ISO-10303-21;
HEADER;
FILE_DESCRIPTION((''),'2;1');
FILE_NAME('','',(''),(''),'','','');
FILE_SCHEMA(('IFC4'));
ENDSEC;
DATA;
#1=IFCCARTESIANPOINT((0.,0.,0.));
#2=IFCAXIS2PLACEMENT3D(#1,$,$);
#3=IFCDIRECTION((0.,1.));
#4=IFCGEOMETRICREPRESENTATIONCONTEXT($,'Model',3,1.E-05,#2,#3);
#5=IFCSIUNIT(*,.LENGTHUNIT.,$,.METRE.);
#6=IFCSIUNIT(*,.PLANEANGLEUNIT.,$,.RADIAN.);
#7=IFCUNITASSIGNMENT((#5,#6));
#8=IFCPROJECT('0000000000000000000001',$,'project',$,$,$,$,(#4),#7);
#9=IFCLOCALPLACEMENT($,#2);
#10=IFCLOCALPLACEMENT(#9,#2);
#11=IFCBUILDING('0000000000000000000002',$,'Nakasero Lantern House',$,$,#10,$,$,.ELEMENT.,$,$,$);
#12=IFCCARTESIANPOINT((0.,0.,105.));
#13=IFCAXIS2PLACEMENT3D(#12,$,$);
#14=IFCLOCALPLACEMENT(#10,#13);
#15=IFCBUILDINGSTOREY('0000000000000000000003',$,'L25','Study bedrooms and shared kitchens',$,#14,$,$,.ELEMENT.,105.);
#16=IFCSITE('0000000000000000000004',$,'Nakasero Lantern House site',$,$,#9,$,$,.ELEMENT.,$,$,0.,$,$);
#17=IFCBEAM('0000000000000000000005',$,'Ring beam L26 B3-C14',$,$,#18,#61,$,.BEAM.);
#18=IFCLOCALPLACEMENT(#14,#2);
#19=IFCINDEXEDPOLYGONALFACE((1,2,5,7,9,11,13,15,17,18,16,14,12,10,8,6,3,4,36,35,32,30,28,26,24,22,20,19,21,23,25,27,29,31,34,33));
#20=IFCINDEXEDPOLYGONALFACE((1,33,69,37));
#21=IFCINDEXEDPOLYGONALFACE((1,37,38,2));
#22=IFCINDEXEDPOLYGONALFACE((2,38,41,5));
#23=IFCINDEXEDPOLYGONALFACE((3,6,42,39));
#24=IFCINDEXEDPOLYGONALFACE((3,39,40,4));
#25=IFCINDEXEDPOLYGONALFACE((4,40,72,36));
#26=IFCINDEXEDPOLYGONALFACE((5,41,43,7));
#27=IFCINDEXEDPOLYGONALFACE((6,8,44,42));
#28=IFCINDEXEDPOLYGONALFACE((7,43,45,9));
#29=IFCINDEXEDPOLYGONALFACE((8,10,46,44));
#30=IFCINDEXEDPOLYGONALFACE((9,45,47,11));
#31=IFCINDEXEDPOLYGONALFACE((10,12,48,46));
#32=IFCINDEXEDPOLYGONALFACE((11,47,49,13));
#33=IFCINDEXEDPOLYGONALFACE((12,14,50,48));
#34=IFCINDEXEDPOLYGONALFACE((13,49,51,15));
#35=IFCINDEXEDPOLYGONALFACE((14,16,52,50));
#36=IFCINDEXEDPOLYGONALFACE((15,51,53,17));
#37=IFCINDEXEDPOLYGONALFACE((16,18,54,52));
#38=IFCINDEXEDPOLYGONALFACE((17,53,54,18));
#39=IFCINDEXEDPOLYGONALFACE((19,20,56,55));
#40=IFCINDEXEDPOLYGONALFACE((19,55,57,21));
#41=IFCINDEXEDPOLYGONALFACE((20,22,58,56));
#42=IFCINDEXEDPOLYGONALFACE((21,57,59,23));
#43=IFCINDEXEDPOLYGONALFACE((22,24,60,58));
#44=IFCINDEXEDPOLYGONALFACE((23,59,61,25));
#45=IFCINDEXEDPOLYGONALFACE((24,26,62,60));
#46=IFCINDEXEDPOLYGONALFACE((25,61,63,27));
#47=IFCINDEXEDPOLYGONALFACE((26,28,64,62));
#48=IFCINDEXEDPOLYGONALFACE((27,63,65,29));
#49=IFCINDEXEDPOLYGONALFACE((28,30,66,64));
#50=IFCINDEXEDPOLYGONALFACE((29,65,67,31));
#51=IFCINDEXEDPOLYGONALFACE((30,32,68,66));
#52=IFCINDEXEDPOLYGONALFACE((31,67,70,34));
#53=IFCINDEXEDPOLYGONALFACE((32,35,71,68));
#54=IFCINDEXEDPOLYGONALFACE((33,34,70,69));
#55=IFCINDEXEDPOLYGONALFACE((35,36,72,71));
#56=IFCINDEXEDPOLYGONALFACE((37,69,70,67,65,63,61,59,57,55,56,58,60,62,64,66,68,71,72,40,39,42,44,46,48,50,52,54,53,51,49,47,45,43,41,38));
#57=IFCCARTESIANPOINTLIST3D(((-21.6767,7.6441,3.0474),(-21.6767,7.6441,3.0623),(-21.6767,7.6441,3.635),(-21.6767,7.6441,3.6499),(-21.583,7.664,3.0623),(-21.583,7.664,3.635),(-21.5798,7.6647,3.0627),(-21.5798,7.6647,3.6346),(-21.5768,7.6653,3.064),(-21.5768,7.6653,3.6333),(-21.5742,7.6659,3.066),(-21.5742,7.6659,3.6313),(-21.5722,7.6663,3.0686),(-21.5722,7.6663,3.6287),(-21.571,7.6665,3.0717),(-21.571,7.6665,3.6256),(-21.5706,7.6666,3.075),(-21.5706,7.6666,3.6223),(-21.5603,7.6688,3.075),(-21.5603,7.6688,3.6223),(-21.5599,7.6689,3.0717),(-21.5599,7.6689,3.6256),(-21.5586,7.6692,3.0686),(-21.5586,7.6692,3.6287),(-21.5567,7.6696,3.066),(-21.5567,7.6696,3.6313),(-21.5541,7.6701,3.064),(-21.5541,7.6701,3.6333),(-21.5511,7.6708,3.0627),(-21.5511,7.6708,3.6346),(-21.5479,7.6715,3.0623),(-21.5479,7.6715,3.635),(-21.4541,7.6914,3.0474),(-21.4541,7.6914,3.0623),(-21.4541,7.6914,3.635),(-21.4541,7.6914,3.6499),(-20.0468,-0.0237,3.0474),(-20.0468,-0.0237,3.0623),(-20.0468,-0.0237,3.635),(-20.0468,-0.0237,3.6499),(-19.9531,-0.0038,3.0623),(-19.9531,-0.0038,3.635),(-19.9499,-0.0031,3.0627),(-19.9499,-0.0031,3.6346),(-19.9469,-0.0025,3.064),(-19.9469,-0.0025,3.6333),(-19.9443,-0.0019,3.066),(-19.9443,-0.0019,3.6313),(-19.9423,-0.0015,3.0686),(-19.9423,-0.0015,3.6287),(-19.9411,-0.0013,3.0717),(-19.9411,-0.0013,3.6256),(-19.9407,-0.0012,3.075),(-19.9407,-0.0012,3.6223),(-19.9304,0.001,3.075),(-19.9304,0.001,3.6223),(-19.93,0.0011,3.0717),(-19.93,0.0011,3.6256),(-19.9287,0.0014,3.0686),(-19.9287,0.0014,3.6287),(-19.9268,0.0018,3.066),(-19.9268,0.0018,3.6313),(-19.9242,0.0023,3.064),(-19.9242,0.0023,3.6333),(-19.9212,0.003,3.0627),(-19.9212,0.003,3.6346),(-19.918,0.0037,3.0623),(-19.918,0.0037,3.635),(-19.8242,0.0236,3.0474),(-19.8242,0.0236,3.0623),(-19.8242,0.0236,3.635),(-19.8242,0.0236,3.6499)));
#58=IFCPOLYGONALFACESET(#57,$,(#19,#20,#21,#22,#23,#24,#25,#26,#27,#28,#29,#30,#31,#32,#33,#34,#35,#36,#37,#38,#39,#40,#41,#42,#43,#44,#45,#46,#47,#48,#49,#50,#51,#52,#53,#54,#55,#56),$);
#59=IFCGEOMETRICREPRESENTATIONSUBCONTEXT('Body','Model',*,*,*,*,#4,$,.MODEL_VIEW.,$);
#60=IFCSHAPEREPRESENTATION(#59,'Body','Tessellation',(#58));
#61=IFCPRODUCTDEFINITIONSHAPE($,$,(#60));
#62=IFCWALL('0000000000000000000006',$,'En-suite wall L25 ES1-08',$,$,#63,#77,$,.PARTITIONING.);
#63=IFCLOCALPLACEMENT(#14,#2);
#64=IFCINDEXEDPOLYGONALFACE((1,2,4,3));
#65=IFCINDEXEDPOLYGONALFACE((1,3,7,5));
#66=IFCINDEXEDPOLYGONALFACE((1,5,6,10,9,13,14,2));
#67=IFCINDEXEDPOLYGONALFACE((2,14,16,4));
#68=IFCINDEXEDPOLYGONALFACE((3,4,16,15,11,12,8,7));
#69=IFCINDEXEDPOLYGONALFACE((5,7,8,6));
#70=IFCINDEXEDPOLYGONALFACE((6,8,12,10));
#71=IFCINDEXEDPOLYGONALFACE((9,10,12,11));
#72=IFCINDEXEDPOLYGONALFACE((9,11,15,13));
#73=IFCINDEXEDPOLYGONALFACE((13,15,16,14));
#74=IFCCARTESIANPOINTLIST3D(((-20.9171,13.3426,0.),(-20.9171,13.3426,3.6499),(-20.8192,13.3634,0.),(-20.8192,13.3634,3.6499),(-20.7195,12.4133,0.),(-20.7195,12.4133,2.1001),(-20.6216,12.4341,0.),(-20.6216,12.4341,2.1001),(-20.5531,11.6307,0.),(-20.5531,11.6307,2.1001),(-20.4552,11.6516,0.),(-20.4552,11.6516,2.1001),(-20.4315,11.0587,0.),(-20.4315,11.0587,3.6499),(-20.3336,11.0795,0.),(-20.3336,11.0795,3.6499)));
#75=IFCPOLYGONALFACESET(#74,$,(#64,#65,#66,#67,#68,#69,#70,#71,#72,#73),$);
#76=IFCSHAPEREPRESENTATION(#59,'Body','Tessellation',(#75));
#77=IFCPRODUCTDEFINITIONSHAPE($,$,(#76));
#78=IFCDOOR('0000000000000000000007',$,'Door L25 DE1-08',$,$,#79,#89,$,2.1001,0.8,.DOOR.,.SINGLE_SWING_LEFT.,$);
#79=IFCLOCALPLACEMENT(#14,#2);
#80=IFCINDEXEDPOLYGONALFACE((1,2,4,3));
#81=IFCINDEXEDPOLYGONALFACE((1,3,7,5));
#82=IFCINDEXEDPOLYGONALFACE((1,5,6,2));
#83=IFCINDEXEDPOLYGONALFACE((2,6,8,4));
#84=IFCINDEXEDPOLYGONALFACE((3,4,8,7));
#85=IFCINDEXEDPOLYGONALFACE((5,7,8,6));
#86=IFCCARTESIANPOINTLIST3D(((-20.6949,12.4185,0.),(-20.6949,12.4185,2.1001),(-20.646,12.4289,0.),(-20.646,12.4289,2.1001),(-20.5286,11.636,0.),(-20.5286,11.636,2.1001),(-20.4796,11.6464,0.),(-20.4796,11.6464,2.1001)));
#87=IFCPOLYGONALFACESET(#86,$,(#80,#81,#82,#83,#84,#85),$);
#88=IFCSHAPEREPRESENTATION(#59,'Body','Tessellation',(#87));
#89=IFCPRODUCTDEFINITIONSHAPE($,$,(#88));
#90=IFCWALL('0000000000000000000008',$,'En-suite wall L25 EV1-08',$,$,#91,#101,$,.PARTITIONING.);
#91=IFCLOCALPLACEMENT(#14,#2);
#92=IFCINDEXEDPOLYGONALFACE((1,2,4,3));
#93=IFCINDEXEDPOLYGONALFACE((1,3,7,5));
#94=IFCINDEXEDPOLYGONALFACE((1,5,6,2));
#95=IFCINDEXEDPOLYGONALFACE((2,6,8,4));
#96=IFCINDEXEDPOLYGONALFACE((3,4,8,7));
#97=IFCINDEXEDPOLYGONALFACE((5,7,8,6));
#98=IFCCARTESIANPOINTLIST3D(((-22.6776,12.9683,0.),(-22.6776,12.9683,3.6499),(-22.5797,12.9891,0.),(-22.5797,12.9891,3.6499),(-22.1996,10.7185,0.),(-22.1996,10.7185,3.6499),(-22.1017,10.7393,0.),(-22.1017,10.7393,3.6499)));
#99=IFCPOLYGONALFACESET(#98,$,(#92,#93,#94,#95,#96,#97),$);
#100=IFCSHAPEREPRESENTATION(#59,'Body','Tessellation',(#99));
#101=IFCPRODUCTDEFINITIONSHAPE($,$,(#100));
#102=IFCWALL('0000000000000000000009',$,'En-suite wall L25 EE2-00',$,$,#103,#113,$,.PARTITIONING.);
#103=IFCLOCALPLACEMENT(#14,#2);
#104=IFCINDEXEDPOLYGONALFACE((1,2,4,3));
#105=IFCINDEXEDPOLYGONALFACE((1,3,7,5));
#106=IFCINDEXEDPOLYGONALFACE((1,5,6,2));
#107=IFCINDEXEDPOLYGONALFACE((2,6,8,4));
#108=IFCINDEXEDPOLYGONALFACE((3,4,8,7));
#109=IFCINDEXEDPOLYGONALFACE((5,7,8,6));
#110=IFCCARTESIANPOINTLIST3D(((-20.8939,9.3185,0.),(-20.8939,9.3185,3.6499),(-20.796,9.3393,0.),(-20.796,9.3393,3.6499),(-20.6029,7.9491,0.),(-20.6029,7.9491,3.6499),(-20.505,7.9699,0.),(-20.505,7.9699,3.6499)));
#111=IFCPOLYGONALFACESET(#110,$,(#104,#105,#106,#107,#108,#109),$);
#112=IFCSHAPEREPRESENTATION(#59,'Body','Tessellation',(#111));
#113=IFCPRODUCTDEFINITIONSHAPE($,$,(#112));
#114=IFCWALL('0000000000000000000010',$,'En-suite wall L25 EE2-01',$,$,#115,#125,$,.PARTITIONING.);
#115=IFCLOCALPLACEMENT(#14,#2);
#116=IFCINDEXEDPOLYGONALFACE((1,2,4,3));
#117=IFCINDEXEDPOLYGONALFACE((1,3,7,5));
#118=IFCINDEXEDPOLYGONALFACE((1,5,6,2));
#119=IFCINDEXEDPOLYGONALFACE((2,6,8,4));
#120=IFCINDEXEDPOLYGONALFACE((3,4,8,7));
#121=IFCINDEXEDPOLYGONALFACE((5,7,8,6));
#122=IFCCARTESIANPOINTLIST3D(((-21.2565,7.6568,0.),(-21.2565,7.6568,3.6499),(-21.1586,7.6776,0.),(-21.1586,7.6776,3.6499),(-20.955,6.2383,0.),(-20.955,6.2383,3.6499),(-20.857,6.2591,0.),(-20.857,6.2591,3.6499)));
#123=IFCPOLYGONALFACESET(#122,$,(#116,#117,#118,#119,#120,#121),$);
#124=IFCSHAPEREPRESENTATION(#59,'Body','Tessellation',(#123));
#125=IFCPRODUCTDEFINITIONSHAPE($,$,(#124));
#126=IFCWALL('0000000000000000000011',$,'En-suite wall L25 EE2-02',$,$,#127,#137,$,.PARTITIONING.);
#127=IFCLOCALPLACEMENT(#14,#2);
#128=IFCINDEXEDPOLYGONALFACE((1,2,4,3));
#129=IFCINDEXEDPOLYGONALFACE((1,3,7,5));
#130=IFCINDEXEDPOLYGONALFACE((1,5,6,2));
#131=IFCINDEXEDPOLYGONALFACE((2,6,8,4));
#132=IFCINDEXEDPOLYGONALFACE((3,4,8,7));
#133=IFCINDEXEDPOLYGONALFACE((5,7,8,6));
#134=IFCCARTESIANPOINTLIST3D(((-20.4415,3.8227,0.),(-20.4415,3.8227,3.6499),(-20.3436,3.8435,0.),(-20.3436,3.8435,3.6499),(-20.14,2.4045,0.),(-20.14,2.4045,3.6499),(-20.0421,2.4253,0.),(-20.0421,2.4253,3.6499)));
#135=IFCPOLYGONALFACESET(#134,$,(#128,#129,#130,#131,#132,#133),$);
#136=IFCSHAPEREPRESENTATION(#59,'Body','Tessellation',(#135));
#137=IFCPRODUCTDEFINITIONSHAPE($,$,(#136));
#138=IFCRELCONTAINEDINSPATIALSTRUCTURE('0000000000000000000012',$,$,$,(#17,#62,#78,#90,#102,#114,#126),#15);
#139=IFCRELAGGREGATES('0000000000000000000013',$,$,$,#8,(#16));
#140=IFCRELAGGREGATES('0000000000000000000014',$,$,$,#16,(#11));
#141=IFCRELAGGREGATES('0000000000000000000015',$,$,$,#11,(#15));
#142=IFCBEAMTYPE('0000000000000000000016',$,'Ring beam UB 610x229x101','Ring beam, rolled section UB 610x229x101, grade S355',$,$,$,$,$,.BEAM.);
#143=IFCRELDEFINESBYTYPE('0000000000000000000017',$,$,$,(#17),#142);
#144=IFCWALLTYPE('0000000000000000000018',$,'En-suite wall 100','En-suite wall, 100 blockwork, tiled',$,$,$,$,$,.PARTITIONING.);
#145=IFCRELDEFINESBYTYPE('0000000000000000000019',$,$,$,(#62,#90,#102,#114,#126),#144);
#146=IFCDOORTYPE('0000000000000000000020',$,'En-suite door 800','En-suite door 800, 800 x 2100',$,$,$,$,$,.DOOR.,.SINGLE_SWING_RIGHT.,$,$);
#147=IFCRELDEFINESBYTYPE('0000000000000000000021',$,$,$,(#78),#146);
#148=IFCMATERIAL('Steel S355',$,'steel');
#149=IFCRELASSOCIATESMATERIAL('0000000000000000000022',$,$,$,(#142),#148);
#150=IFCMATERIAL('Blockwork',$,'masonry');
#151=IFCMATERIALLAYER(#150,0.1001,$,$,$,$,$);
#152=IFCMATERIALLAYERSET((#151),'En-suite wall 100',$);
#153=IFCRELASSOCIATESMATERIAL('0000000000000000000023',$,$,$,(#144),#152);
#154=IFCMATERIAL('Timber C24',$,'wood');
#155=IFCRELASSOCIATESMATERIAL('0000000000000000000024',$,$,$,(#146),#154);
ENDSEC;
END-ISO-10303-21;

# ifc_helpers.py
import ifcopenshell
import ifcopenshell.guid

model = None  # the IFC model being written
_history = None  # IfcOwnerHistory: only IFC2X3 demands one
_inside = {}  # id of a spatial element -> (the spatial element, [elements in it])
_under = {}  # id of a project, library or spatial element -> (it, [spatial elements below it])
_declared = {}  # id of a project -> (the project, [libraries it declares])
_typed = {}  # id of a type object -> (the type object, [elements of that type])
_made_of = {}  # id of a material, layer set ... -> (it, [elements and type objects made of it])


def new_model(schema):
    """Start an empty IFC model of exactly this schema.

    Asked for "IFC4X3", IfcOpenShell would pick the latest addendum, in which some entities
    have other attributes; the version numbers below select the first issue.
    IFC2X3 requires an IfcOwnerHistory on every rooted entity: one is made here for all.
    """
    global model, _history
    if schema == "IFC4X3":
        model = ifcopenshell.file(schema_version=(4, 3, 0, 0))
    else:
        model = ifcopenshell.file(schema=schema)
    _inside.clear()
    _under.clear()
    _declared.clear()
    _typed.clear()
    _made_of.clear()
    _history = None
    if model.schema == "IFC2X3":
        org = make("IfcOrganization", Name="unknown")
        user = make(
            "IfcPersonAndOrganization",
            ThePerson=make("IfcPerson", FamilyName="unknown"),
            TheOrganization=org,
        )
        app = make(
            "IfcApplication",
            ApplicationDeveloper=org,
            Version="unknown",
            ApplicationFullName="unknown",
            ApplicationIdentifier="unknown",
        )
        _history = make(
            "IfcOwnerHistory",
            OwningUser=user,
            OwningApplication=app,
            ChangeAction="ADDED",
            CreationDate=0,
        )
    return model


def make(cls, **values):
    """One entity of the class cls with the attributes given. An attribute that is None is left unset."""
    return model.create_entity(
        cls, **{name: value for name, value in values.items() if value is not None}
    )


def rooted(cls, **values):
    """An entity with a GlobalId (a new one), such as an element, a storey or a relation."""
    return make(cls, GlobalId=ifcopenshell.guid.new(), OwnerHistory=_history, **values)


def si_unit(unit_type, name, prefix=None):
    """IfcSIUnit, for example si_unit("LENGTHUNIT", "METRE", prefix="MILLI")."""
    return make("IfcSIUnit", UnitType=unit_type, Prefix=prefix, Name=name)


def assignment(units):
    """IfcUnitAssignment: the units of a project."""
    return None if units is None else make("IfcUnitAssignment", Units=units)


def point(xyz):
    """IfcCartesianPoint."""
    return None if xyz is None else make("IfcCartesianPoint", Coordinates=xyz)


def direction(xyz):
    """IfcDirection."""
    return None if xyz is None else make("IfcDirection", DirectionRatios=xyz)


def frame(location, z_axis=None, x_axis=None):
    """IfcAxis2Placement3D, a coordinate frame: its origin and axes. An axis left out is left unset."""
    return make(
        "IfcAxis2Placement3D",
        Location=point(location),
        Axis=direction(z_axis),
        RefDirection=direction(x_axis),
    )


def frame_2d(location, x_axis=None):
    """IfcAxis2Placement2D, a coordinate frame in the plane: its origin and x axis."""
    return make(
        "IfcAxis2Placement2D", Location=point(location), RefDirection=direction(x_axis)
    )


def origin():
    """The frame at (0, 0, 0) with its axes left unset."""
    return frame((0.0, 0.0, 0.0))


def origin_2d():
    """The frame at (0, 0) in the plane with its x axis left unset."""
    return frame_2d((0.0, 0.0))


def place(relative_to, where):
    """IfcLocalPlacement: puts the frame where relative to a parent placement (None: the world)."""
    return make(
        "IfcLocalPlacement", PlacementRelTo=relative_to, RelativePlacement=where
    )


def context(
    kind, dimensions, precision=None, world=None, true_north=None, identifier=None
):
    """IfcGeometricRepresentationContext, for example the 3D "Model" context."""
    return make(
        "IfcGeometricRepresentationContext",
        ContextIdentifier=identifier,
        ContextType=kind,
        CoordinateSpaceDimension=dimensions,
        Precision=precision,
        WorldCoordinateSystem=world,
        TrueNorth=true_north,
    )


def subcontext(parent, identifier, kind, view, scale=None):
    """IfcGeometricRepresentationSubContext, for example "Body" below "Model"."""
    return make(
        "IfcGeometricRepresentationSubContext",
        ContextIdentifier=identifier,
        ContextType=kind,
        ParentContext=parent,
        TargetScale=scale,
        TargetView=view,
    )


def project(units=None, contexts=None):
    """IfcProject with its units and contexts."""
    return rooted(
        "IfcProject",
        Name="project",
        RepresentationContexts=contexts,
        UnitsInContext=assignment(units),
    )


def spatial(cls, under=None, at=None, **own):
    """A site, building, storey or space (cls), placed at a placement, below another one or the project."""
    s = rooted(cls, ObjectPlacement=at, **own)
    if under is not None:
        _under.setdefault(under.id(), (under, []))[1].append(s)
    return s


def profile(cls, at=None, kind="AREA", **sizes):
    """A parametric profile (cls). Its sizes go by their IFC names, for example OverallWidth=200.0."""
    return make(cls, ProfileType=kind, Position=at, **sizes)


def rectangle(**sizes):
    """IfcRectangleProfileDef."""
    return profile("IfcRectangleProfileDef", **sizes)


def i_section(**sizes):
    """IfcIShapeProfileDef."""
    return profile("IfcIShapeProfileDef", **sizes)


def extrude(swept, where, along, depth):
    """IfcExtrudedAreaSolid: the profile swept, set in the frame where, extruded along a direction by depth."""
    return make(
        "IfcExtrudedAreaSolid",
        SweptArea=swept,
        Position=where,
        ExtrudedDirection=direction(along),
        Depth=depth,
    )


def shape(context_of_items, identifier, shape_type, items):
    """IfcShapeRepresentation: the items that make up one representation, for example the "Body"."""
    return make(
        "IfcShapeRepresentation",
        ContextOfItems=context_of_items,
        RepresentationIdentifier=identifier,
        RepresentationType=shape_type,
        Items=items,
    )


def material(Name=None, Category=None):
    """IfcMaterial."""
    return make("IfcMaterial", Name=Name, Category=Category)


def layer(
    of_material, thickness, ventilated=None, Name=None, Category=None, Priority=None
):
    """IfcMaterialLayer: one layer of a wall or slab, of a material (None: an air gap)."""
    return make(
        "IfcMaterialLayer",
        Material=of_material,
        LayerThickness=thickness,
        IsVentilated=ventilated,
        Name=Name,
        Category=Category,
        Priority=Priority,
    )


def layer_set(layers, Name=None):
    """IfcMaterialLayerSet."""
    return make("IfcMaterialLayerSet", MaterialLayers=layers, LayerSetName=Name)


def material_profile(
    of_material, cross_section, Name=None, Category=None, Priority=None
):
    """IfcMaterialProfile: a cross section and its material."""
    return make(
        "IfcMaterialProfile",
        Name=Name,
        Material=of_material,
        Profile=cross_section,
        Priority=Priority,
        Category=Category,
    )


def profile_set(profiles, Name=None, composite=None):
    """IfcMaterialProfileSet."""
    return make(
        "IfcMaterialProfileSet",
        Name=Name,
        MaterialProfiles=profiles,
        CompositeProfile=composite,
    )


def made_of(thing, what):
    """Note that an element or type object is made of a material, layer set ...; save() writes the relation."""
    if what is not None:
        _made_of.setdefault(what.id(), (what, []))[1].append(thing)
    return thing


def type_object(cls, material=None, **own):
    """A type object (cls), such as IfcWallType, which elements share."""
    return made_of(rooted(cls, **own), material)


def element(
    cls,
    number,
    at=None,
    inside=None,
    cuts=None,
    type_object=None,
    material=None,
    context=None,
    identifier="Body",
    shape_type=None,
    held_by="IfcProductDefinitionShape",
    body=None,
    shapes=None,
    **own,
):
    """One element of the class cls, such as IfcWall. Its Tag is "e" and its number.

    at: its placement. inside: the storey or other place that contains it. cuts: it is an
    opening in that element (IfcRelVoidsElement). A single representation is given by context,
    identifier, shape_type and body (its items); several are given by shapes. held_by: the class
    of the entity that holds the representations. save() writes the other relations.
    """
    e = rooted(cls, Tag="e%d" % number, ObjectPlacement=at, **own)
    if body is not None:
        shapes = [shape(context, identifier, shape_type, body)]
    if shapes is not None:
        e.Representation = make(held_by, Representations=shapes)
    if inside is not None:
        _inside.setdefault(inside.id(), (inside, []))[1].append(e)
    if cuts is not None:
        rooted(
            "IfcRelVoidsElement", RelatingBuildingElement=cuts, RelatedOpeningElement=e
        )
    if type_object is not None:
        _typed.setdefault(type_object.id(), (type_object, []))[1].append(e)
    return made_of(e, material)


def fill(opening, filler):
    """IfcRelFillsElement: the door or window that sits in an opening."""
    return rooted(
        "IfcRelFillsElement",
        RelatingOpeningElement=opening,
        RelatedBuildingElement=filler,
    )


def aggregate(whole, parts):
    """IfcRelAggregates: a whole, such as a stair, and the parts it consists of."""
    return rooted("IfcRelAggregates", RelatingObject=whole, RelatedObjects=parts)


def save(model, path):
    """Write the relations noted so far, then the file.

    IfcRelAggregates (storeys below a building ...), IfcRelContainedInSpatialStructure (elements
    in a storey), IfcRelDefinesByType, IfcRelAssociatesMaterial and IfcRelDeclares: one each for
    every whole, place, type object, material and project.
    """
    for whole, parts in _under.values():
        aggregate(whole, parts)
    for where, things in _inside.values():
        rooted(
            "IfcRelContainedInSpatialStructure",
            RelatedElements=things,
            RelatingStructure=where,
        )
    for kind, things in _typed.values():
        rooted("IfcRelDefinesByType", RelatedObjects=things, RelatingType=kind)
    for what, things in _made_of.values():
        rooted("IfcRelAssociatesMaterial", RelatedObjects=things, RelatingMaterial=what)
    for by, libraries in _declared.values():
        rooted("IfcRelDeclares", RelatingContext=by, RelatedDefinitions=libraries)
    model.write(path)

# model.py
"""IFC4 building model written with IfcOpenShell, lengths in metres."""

from ifc_helpers import new_model, si_unit, direction, frame, frame_2d, origin, origin_2d, place, context, subcontext, project, spatial, rectangle, i_section, extrude, material, layer, layer_set, material_profile, profile_set, type_object, element, fill, save


model = new_model("IFC4")

# Units and contexts
model_context = context("Model", 3, precision=1e-05, world=origin(), true_north=direction((0.0, 1.0)))
body_context = subcontext(model_context, "Body", "Model", "MODEL_VIEW")
ifc_project = project(units=[si_unit("LENGTHUNIT", "METRE"), si_unit("PLANEANGLEUNIT", "RADIAN")], contexts=[model_context])

# Site, building, storey
site_placement = place(None, origin())
site = spatial("IfcSite", under=ifc_project, at=site_placement, Name="Nakasero Lantern House site", CompositionType="ELEMENT", RefElevation=0.0)
building_placement = place(site_placement, origin())
building = spatial("IfcBuilding", under=site, at=building_placement, Name="Nakasero Lantern House", CompositionType="ELEMENT")
storey_placement = place(building_placement, frame((0.0, 0.0, 105.0)))
storey = spatial("IfcBuildingStorey", under=building, at=storey_placement, Name="L25", Description="Study bedrooms and shared kitchens", CompositionType="ELEMENT", Elevation=105.0)

# Beam
ifc_material_1 = material(Name="Steel S355", Category="steel")
ifc_material_profile_1 = material_profile(ifc_material_1, i_section(OverallWidth=0.2275, OverallDepth=0.6025, WebThickness=0.0105, FlangeThickness=0.0149, FilletRadius=0.0127, at=origin_2d()), Name="UB 610x229x101")
ifc_profile_set_1 = profile_set([ifc_material_profile_1], Name="Steel S355")
beam_type_1 = type_object("IfcBeamType", Name="Ring beam UB 610x229x101", Description="Ring beam, rolled section UB 610x229x101, grade S355", PredefinedType="BEAM", material=ifc_profile_set_1)
beam_1_placement = place(storey_placement, frame((-21.5654, 7.6677, 3.3486), z_axis=(0.207919, -0.978146, 0.0), x_axis=(0.978146, 0.207919, 0.0)))
element("IfcBeam", 1, at=beam_1_placement, inside=storey, type_object=beam_type_1, Name="Ring beam L26 B3-C14", PredefinedType="BEAM", context=body_context, shape_type="SweptSolid", body=[
    extrude(i_section(OverallWidth=0.2275, OverallDepth=0.6025, WebThickness=0.0105, FlangeThickness=0.0149, FilletRadius=0.0127, at=origin_2d()), origin(), (0.0, 0.0, 1.0), 7.8391),
])

# Wall, opening, door
ifc_material_2 = material(Name="Blockwork", Category="masonry")
ifc_layer_1 = layer(ifc_material_2, 0.1001)
ifc_layer_set_1 = layer_set([ifc_layer_1], Name="En-suite wall 100")
wall_type_1 = type_object("IfcWallType", Name="En-suite wall 100", Description="En-suite wall, 100 blockwork, tiled", PredefinedType="PARTITIONING", material=ifc_layer_set_1)
wall_1_placement = place(storey_placement, frame((-20.3826, 11.0691, 0.0), z_axis=(0.0, 0.0, 1.0), x_axis=(-0.207965, 0.978136, 0.0)))
wall_1 = element("IfcWall", 2, at=wall_1_placement, inside=storey, type_object=wall_type_1, Name="En-suite wall L25 ES1-08", PredefinedType="PARTITIONING", context=body_context, shape_type="SweptSolid", body=[
    extrude(rectangle(XDim=2.335, YDim=0.1001, at=frame_2d((1.1675, 0.0))), origin(), (0.0, 0.0, 1.0), 3.6499),
])
opening_1_placement = place(wall_1_placement, frame((0.585, 0.0, 0.0)))
opening_1 = element("IfcOpeningElement", 3, at=opening_1_placement, cuts=wall_1, PredefinedType="OPENING", context=body_context, shape_type="SweptSolid", body=[
    extrude(rectangle(XDim=0.8, YDim=2.1001, at=frame_2d((0.3999, 1.05))), frame((0.0, 0.0701, 0.0), z_axis=(0.0, -1.0, 0.0), x_axis=(1.0, 0.0, 0.0)), (0.0, 0.0, 1.0), 0.1401),
])
ifc_material_3 = material(Name="Timber C24", Category="wood")
door_type_1 = type_object("IfcDoorType", Name="En-suite door 800", Description="En-suite door 800, 800 x 2100", OperationType="SINGLE_SWING_RIGHT", PredefinedType="DOOR", material=ifc_material_3)
door_1_placement = place(opening_1_placement, origin())
door_1 = element("IfcDoor", 4, at=door_1_placement, inside=storey, type_object=door_type_1, Name="Door L25 DE1-08", OperationType="SINGLE_SWING_LEFT", OverallHeight=2.1001, OverallWidth=0.8, PredefinedType="DOOR", context=body_context, shape_type="SweptSolid", body=[
    extrude(rectangle(XDim=0.8, YDim=2.1001, at=frame_2d((0.3999, 1.05))), frame((0.0, 0.0249, 0.0), z_axis=(0.0, -1.0, 0.0), x_axis=(1.0, 0.0, 0.0)), (0.0, 0.0, 1.0), 0.05),
])
fill(opening_1, door_1)

# Walls
wall_2_placement = place(storey_placement, frame((-22.1506, 10.729, 0.0), z_axis=(0.0, 0.0, 1.0), x_axis=(-0.20784, 0.978163, 0.0)))
element("IfcWall", 5, at=wall_2_placement, inside=storey, type_object=wall_type_1, Name="En-suite wall L25 EV1-08", PredefinedType="PARTITIONING", context=body_context, shape_type="SweptSolid", body=[
    extrude(rectangle(XDim=2.3, YDim=0.1001, at=frame_2d((1.1499, 0.0))), origin(), (0.0, 0.0, 1.0), 3.6499),
])
wall_3_placement = place(storey_placement, frame((-20.845, 9.3289, 0.0), z_axis=(0.0, 0.0, 1.0), x_axis=(0.207873, -0.978156, 0.0)))
element("IfcWall", 6, at=wall_3_placement, inside=storey, type_object=wall_type_1, Name="En-suite wall L25 EE2-00", PredefinedType="PARTITIONING", context=body_context, shape_type="SweptSolid", body=[
    extrude(rectangle(XDim=1.3999, YDim=0.1001, at=frame_2d((0.7, 0.0))), origin(), (0.0, 0.0, 1.0), 3.6499),
])
wall_4_placement = place(storey_placement, frame((-21.2075, 7.6672, 0.0), z_axis=(0.0, 0.0, 1.0), x_axis=(0.207919, -0.978146, 0.0)))
element("IfcWall", 7, at=wall_4_placement, inside=storey, type_object=wall_type_1, Name="En-suite wall L25 EE2-01", PredefinedType="PARTITIONING", context=body_context, shape_type="SweptSolid", body=[
    extrude(rectangle(XDim=1.4502, YDim=0.1001, at=frame_2d((0.7251, 0.0))), origin(), (0.0, 0.0, 1.0), 3.6499),
])
wall_5_placement = place(storey_placement, frame((-20.3926, 3.8333, 0.0), z_axis=(0.0, 0.0, 1.0), x_axis=(0.207953, -0.978139, 0.0)))
element("IfcWall", 8, at=wall_5_placement, inside=storey, type_object=wall_type_1, Name="En-suite wall L25 EE2-02", PredefinedType="PARTITIONING", context=body_context, shape_type="SweptSolid", body=[
    extrude(rectangle(XDim=1.45, YDim=0.1001, at=frame_2d((0.7251, 0.0))), origin(), (0.0, 0.0, 1.0), 3.6499),
])

save(model, "model.ifc")
